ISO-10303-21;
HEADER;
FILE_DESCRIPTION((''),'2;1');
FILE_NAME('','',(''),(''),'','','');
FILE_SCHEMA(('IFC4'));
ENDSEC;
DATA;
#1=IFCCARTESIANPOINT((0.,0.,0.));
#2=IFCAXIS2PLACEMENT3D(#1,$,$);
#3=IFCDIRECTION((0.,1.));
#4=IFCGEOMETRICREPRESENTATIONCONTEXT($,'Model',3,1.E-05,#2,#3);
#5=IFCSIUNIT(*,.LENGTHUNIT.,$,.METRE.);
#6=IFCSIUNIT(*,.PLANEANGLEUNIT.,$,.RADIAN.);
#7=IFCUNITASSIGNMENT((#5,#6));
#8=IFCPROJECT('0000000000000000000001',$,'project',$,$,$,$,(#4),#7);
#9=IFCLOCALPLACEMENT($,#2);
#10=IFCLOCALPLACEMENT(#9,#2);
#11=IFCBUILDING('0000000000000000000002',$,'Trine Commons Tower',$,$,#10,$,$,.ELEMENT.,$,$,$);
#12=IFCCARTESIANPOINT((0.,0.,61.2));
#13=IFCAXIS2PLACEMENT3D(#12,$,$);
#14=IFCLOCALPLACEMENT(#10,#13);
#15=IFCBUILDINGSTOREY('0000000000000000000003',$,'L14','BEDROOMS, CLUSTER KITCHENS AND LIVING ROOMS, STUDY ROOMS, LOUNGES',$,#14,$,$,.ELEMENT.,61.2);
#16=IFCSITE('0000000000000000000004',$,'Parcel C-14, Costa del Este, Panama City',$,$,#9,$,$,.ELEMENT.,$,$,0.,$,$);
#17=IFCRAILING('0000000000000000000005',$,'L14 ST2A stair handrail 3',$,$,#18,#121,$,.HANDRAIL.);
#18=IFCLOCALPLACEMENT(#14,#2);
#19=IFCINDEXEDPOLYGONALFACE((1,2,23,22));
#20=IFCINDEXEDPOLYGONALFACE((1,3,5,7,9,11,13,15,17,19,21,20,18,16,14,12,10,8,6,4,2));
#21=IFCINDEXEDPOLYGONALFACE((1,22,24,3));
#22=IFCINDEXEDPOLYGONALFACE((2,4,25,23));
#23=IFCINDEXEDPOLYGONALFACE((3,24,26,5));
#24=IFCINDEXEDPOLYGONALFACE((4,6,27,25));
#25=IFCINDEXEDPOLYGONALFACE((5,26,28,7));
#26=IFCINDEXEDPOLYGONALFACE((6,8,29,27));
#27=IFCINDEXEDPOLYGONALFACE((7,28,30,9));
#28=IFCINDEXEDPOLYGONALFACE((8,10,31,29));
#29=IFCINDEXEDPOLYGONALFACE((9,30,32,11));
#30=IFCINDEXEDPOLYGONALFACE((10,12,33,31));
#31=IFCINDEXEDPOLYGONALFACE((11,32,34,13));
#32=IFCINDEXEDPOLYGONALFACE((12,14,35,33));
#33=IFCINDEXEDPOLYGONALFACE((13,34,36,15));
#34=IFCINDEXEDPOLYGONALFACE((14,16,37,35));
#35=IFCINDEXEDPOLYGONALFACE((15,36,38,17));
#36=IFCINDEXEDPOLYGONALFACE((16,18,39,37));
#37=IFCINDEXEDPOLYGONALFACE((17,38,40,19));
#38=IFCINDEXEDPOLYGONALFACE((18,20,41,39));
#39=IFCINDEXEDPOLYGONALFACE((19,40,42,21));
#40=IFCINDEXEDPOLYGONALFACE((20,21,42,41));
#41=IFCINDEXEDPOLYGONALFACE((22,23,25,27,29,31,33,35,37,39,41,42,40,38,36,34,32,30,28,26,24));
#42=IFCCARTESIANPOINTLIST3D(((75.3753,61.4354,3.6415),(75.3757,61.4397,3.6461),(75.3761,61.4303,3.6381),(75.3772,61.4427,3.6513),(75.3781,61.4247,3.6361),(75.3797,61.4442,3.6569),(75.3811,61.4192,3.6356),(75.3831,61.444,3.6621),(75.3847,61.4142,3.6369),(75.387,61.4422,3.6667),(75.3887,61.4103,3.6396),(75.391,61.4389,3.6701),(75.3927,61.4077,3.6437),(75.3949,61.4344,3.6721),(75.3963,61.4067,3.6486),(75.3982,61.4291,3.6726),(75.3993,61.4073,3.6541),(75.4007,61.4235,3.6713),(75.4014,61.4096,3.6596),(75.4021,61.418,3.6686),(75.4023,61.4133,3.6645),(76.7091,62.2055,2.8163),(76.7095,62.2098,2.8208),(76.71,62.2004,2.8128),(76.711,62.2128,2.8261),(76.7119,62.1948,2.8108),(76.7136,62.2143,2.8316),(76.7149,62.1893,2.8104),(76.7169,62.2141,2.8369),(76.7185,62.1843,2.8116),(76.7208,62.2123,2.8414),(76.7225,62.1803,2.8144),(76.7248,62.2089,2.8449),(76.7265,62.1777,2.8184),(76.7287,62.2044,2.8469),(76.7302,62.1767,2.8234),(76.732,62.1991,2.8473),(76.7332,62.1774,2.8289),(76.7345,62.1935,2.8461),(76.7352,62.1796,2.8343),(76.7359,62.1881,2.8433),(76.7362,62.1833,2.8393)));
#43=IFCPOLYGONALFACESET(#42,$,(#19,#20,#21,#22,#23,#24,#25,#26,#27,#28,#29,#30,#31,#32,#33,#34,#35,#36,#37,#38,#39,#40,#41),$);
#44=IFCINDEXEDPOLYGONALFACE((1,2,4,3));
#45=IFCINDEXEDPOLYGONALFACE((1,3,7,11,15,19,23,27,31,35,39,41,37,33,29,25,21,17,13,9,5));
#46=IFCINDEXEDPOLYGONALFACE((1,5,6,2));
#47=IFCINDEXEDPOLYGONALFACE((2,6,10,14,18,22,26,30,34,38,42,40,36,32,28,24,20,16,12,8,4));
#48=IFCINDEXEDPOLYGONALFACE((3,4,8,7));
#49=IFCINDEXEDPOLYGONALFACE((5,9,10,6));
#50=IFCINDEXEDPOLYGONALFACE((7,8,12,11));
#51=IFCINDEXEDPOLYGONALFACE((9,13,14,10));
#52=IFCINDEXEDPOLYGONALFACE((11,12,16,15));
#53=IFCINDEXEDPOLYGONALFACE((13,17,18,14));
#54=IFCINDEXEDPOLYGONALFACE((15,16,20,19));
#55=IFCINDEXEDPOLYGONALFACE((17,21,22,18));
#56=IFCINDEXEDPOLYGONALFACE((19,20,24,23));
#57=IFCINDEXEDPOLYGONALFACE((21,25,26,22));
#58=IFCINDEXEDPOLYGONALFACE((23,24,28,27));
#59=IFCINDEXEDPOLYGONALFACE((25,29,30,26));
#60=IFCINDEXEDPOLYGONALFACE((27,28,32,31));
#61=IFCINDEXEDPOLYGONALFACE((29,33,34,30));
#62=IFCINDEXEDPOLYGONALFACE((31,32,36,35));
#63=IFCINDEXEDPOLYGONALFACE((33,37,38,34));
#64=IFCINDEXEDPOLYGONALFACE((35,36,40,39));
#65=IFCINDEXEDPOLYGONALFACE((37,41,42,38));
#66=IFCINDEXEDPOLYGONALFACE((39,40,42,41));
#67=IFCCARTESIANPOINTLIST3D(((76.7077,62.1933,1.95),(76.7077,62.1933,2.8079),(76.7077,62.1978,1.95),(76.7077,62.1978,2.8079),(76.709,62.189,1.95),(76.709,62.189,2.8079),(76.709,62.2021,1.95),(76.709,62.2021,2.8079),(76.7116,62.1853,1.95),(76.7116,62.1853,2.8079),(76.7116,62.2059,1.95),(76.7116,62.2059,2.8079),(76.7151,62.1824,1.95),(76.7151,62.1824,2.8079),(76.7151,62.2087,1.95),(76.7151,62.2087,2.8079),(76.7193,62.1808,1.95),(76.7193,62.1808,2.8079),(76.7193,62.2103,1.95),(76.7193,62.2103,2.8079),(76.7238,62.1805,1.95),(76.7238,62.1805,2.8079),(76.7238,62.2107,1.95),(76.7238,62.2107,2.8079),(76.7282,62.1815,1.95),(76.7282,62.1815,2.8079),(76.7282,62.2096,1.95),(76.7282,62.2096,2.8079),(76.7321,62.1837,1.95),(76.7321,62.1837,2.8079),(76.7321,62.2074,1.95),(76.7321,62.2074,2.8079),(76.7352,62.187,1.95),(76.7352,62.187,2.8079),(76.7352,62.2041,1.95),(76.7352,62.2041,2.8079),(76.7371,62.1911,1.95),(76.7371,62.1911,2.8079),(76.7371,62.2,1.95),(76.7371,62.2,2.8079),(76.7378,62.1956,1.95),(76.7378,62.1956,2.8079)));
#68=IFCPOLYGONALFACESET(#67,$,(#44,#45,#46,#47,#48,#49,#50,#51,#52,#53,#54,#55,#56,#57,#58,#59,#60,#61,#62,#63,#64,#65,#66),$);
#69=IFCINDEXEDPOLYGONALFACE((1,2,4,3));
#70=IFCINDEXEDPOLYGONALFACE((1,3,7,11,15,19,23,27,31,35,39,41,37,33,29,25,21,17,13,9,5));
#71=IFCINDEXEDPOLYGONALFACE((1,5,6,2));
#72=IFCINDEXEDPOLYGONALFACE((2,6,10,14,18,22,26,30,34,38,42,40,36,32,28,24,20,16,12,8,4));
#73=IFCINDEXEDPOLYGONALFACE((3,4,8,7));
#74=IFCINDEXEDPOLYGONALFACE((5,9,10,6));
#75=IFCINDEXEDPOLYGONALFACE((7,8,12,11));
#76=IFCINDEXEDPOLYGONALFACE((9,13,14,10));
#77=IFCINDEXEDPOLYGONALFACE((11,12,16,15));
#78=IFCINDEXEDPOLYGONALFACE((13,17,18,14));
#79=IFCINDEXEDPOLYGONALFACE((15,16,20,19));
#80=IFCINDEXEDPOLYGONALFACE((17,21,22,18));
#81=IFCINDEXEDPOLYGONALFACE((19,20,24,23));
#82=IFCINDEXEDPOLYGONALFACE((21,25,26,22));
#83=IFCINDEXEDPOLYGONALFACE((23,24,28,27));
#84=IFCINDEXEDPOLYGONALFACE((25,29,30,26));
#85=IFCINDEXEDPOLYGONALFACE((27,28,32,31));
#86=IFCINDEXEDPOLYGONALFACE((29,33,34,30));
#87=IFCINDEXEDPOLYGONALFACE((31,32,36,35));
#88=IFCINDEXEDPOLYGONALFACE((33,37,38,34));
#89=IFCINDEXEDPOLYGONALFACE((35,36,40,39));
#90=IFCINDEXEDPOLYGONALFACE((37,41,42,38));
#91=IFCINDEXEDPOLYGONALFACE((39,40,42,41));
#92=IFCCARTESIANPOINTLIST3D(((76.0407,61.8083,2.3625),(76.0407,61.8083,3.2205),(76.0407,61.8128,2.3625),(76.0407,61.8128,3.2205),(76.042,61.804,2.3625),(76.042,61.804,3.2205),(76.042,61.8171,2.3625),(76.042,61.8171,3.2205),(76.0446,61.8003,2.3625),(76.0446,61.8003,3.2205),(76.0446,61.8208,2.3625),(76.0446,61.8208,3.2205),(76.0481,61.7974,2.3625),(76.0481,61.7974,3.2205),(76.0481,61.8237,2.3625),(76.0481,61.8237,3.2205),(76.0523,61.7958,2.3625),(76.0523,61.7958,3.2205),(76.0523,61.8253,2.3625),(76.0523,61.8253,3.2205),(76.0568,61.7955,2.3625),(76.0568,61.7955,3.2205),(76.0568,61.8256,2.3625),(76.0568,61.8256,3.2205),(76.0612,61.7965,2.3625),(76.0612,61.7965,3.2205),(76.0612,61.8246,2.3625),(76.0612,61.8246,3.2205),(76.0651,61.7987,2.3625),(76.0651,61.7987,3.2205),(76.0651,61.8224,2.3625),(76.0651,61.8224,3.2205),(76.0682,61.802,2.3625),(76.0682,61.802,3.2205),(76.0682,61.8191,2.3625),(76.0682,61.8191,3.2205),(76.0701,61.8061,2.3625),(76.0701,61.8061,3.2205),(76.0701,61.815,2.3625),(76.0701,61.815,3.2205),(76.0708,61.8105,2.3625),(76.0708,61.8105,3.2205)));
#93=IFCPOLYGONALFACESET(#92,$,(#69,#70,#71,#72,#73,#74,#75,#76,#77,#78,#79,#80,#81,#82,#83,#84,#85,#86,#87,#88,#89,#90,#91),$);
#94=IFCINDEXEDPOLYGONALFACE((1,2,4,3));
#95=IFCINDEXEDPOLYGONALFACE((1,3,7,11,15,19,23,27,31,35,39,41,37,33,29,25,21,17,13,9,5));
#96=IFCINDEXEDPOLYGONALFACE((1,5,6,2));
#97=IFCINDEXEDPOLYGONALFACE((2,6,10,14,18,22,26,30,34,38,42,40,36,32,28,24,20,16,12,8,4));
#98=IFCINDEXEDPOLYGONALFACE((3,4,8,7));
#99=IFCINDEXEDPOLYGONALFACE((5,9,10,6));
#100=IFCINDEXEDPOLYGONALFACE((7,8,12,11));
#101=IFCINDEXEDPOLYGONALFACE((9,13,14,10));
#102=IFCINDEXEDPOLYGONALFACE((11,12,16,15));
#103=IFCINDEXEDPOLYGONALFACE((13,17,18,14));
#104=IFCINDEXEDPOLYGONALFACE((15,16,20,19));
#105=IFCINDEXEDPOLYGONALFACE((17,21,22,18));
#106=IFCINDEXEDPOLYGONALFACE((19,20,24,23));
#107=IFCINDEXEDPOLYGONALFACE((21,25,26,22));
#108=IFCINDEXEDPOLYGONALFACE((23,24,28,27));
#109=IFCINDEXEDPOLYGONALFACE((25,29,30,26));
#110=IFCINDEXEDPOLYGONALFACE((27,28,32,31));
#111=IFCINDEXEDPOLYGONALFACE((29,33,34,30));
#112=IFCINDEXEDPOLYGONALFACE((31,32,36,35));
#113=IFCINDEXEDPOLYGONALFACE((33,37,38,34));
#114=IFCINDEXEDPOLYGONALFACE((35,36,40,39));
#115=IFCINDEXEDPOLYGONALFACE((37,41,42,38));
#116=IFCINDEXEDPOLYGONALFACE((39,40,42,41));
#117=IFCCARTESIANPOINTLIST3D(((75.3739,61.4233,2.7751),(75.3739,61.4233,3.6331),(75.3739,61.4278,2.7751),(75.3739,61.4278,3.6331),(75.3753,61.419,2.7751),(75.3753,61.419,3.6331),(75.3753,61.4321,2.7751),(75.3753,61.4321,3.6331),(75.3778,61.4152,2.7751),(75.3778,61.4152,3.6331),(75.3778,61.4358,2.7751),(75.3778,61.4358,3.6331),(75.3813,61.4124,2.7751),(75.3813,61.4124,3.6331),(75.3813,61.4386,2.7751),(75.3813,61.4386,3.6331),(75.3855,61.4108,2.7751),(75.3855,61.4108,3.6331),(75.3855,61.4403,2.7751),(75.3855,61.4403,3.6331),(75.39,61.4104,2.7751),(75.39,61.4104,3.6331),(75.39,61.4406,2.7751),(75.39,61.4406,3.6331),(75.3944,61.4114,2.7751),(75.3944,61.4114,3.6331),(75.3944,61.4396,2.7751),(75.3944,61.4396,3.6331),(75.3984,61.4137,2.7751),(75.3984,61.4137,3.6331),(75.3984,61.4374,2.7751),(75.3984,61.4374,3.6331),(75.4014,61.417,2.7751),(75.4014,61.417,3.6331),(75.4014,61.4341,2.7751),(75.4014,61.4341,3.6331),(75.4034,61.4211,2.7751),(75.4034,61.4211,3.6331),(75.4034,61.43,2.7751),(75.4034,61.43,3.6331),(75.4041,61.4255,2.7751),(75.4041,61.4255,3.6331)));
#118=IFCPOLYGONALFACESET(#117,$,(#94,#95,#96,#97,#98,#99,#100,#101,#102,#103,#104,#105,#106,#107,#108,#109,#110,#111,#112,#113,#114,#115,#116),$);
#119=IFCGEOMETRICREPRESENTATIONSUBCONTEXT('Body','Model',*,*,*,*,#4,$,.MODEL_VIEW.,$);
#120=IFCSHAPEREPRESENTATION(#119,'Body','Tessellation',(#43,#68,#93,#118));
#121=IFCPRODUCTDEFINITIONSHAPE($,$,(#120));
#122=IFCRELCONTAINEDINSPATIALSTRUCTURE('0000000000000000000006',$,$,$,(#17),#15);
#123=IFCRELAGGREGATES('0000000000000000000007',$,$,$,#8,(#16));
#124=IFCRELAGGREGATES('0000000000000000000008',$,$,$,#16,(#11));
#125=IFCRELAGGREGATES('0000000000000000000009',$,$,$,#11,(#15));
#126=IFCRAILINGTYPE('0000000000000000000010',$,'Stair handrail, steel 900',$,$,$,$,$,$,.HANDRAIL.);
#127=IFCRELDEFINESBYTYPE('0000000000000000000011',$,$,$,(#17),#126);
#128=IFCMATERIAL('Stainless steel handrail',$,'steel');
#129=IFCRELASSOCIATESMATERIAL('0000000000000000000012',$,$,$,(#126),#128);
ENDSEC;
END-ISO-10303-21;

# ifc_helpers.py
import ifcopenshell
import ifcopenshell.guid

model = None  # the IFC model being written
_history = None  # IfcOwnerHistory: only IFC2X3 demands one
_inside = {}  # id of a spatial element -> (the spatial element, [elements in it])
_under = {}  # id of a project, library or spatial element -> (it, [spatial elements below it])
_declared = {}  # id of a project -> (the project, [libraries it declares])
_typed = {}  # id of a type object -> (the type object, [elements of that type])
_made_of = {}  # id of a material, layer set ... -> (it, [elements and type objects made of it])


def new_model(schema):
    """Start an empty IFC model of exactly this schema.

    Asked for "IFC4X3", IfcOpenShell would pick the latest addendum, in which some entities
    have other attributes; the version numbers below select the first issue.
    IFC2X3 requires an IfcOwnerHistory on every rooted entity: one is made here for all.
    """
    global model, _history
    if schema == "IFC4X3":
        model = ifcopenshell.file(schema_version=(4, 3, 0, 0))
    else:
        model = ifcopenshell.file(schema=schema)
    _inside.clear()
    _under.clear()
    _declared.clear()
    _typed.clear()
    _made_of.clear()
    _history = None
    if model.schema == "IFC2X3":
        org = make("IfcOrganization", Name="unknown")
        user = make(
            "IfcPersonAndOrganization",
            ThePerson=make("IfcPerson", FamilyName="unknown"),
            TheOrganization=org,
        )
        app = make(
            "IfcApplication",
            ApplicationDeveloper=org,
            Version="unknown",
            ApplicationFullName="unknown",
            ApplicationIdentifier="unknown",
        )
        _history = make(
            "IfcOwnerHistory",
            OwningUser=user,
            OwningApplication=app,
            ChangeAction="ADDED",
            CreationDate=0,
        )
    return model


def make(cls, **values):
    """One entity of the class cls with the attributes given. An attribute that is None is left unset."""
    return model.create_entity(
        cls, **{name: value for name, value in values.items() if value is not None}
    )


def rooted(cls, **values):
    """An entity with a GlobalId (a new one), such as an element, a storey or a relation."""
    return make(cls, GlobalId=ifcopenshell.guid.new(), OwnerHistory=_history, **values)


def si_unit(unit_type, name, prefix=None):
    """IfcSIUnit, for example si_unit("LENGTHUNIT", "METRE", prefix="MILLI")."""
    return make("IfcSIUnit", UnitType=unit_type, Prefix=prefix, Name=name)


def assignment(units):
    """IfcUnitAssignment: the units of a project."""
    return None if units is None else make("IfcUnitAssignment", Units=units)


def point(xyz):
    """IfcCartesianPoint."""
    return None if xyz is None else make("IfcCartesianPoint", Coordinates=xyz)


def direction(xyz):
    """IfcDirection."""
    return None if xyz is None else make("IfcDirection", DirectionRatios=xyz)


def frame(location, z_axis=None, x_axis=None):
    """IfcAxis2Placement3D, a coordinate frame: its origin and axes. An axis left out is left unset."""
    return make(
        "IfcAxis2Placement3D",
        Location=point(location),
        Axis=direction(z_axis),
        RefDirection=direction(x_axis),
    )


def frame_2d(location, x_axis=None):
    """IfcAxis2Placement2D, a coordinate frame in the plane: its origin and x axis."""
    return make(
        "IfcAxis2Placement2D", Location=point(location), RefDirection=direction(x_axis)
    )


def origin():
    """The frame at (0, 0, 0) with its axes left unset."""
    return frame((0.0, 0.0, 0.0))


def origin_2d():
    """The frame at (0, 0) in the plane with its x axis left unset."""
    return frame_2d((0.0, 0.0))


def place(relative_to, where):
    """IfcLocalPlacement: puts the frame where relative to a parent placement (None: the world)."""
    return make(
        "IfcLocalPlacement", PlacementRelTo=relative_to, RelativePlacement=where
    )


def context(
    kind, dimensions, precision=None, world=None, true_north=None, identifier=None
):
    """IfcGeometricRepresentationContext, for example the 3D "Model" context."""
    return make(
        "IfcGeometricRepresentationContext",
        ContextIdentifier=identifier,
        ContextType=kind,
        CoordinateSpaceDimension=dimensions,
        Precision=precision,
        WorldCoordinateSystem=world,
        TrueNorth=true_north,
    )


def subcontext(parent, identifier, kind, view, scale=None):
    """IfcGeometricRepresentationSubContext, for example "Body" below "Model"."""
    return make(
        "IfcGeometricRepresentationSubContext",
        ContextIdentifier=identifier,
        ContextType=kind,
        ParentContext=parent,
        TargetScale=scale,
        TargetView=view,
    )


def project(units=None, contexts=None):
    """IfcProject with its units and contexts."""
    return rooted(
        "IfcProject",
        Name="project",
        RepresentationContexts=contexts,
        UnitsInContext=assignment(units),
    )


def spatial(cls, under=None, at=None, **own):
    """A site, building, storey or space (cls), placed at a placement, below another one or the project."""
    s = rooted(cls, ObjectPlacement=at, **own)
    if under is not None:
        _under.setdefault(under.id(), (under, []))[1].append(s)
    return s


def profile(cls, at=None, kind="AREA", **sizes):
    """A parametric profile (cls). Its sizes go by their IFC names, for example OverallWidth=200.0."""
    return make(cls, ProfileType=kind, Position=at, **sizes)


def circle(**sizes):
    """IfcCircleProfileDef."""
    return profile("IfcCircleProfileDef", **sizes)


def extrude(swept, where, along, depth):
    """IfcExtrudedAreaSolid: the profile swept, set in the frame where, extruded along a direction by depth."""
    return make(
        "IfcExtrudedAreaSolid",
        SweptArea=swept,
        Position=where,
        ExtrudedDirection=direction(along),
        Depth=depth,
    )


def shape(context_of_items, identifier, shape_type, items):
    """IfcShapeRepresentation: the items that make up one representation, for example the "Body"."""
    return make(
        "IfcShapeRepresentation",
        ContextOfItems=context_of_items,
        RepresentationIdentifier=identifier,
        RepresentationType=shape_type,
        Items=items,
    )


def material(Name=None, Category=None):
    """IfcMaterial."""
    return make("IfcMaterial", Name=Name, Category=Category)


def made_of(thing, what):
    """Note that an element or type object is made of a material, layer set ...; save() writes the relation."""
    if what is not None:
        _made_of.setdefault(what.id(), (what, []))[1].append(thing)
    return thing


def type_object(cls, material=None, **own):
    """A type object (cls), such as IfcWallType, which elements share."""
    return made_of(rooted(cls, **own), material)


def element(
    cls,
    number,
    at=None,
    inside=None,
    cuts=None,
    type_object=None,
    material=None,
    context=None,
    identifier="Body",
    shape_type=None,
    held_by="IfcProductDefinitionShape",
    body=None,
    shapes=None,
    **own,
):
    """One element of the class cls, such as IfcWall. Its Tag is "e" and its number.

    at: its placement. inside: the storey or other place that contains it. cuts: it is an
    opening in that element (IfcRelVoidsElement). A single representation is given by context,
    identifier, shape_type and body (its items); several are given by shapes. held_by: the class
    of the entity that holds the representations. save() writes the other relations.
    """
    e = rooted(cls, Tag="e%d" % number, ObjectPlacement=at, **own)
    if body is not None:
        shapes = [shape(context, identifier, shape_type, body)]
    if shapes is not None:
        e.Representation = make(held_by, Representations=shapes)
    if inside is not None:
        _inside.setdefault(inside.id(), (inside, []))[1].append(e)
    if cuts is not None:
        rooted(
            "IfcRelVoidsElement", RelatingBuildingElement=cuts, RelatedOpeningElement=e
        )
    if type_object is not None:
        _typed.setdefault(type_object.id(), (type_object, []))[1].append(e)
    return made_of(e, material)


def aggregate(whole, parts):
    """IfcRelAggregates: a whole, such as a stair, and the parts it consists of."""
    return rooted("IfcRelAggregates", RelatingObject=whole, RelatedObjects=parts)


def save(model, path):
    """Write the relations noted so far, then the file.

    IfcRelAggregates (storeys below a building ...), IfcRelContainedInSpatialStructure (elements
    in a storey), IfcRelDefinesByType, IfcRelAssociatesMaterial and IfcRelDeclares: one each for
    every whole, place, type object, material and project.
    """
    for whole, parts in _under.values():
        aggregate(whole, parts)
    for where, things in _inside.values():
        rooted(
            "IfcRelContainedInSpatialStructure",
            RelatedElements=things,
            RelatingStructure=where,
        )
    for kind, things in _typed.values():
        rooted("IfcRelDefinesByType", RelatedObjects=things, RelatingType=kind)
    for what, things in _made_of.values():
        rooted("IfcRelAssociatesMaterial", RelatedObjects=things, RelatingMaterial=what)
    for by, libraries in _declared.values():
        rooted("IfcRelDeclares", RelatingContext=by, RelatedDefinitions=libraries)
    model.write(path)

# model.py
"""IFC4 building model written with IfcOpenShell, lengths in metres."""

from ifc_helpers import new_model, si_unit, direction, frame, origin, origin_2d, place, context, subcontext, project, spatial, circle, extrude, material, type_object, element, save


model = new_model("IFC4")

# Units and contexts
model_context = context("Model", 3, precision=1e-05, world=origin(), true_north=direction((0.0, 1.0)))
body_context = subcontext(model_context, "Body", "Model", "MODEL_VIEW")
ifc_project = project(units=[si_unit("LENGTHUNIT", "METRE"), si_unit("PLANEANGLEUNIT", "RADIAN")], contexts=[model_context])

# Site, building, storey
site_placement = place(None, origin())
site = spatial("IfcSite", under=ifc_project, at=site_placement, Name="Parcel C-14, Costa del Este, Panama City", CompositionType="ELEMENT", RefElevation=0.0)
building_placement = place(site_placement, origin())
building = spatial("IfcBuilding", under=site, at=building_placement, Name="Trine Commons Tower", CompositionType="ELEMENT")
storey_placement = place(building_placement, frame((0.0, 0.0, 61.2)))
storey = spatial("IfcBuildingStorey", under=building, at=storey_placement, Name="L14", Description="BEDROOMS, CLUSTER KITCHENS AND LIVING ROOMS, STUDY ROOMS, LOUNGES", CompositionType="ELEMENT", Elevation=61.2)

# Railing
ifc_material_1 = material(Name="Stainless steel handrail", Category="steel")
railing_type = type_object("IfcRailingType", Name="Stair handrail, steel 900", PredefinedType="HANDRAIL", material=ifc_material_1)
railing_1_placement = place(storey_placement, frame((76.7227, 62.1956, 1.95)))
element("IfcRailing", 1, at=railing_1_placement, inside=storey, type_object=railing_type, Name="L14 ST2A stair handrail 3", PredefinedType="HANDRAIL", context=body_context, shape_type="SweptSolid", body=[
    extrude(circle(Radius=0.021, at=origin_2d()), frame((0.0, 0.0, 0.8789), z_axis=(-0.763355, -0.440714, 0.472293), x_axis=(0.499992, -0.86603, 0.0)), (0.0, 0.0, 1.0), 1.7473),
    extrude(circle(Radius=0.0151, at=origin_2d()), origin(), (0.0, 0.0, 1.0), 0.8579),
    extrude(circle(Radius=0.0151, at=origin_2d()), frame((-0.667, -0.385, 0.4126)), (0.0, 0.0, 1.0), 0.8579),
    extrude(circle(Radius=0.0151, at=origin_2d()), frame((-1.3337, -0.77, 0.8252)), (0.0, 0.0, 1.0), 0.8579),
])

save(model, "model.ifc")
